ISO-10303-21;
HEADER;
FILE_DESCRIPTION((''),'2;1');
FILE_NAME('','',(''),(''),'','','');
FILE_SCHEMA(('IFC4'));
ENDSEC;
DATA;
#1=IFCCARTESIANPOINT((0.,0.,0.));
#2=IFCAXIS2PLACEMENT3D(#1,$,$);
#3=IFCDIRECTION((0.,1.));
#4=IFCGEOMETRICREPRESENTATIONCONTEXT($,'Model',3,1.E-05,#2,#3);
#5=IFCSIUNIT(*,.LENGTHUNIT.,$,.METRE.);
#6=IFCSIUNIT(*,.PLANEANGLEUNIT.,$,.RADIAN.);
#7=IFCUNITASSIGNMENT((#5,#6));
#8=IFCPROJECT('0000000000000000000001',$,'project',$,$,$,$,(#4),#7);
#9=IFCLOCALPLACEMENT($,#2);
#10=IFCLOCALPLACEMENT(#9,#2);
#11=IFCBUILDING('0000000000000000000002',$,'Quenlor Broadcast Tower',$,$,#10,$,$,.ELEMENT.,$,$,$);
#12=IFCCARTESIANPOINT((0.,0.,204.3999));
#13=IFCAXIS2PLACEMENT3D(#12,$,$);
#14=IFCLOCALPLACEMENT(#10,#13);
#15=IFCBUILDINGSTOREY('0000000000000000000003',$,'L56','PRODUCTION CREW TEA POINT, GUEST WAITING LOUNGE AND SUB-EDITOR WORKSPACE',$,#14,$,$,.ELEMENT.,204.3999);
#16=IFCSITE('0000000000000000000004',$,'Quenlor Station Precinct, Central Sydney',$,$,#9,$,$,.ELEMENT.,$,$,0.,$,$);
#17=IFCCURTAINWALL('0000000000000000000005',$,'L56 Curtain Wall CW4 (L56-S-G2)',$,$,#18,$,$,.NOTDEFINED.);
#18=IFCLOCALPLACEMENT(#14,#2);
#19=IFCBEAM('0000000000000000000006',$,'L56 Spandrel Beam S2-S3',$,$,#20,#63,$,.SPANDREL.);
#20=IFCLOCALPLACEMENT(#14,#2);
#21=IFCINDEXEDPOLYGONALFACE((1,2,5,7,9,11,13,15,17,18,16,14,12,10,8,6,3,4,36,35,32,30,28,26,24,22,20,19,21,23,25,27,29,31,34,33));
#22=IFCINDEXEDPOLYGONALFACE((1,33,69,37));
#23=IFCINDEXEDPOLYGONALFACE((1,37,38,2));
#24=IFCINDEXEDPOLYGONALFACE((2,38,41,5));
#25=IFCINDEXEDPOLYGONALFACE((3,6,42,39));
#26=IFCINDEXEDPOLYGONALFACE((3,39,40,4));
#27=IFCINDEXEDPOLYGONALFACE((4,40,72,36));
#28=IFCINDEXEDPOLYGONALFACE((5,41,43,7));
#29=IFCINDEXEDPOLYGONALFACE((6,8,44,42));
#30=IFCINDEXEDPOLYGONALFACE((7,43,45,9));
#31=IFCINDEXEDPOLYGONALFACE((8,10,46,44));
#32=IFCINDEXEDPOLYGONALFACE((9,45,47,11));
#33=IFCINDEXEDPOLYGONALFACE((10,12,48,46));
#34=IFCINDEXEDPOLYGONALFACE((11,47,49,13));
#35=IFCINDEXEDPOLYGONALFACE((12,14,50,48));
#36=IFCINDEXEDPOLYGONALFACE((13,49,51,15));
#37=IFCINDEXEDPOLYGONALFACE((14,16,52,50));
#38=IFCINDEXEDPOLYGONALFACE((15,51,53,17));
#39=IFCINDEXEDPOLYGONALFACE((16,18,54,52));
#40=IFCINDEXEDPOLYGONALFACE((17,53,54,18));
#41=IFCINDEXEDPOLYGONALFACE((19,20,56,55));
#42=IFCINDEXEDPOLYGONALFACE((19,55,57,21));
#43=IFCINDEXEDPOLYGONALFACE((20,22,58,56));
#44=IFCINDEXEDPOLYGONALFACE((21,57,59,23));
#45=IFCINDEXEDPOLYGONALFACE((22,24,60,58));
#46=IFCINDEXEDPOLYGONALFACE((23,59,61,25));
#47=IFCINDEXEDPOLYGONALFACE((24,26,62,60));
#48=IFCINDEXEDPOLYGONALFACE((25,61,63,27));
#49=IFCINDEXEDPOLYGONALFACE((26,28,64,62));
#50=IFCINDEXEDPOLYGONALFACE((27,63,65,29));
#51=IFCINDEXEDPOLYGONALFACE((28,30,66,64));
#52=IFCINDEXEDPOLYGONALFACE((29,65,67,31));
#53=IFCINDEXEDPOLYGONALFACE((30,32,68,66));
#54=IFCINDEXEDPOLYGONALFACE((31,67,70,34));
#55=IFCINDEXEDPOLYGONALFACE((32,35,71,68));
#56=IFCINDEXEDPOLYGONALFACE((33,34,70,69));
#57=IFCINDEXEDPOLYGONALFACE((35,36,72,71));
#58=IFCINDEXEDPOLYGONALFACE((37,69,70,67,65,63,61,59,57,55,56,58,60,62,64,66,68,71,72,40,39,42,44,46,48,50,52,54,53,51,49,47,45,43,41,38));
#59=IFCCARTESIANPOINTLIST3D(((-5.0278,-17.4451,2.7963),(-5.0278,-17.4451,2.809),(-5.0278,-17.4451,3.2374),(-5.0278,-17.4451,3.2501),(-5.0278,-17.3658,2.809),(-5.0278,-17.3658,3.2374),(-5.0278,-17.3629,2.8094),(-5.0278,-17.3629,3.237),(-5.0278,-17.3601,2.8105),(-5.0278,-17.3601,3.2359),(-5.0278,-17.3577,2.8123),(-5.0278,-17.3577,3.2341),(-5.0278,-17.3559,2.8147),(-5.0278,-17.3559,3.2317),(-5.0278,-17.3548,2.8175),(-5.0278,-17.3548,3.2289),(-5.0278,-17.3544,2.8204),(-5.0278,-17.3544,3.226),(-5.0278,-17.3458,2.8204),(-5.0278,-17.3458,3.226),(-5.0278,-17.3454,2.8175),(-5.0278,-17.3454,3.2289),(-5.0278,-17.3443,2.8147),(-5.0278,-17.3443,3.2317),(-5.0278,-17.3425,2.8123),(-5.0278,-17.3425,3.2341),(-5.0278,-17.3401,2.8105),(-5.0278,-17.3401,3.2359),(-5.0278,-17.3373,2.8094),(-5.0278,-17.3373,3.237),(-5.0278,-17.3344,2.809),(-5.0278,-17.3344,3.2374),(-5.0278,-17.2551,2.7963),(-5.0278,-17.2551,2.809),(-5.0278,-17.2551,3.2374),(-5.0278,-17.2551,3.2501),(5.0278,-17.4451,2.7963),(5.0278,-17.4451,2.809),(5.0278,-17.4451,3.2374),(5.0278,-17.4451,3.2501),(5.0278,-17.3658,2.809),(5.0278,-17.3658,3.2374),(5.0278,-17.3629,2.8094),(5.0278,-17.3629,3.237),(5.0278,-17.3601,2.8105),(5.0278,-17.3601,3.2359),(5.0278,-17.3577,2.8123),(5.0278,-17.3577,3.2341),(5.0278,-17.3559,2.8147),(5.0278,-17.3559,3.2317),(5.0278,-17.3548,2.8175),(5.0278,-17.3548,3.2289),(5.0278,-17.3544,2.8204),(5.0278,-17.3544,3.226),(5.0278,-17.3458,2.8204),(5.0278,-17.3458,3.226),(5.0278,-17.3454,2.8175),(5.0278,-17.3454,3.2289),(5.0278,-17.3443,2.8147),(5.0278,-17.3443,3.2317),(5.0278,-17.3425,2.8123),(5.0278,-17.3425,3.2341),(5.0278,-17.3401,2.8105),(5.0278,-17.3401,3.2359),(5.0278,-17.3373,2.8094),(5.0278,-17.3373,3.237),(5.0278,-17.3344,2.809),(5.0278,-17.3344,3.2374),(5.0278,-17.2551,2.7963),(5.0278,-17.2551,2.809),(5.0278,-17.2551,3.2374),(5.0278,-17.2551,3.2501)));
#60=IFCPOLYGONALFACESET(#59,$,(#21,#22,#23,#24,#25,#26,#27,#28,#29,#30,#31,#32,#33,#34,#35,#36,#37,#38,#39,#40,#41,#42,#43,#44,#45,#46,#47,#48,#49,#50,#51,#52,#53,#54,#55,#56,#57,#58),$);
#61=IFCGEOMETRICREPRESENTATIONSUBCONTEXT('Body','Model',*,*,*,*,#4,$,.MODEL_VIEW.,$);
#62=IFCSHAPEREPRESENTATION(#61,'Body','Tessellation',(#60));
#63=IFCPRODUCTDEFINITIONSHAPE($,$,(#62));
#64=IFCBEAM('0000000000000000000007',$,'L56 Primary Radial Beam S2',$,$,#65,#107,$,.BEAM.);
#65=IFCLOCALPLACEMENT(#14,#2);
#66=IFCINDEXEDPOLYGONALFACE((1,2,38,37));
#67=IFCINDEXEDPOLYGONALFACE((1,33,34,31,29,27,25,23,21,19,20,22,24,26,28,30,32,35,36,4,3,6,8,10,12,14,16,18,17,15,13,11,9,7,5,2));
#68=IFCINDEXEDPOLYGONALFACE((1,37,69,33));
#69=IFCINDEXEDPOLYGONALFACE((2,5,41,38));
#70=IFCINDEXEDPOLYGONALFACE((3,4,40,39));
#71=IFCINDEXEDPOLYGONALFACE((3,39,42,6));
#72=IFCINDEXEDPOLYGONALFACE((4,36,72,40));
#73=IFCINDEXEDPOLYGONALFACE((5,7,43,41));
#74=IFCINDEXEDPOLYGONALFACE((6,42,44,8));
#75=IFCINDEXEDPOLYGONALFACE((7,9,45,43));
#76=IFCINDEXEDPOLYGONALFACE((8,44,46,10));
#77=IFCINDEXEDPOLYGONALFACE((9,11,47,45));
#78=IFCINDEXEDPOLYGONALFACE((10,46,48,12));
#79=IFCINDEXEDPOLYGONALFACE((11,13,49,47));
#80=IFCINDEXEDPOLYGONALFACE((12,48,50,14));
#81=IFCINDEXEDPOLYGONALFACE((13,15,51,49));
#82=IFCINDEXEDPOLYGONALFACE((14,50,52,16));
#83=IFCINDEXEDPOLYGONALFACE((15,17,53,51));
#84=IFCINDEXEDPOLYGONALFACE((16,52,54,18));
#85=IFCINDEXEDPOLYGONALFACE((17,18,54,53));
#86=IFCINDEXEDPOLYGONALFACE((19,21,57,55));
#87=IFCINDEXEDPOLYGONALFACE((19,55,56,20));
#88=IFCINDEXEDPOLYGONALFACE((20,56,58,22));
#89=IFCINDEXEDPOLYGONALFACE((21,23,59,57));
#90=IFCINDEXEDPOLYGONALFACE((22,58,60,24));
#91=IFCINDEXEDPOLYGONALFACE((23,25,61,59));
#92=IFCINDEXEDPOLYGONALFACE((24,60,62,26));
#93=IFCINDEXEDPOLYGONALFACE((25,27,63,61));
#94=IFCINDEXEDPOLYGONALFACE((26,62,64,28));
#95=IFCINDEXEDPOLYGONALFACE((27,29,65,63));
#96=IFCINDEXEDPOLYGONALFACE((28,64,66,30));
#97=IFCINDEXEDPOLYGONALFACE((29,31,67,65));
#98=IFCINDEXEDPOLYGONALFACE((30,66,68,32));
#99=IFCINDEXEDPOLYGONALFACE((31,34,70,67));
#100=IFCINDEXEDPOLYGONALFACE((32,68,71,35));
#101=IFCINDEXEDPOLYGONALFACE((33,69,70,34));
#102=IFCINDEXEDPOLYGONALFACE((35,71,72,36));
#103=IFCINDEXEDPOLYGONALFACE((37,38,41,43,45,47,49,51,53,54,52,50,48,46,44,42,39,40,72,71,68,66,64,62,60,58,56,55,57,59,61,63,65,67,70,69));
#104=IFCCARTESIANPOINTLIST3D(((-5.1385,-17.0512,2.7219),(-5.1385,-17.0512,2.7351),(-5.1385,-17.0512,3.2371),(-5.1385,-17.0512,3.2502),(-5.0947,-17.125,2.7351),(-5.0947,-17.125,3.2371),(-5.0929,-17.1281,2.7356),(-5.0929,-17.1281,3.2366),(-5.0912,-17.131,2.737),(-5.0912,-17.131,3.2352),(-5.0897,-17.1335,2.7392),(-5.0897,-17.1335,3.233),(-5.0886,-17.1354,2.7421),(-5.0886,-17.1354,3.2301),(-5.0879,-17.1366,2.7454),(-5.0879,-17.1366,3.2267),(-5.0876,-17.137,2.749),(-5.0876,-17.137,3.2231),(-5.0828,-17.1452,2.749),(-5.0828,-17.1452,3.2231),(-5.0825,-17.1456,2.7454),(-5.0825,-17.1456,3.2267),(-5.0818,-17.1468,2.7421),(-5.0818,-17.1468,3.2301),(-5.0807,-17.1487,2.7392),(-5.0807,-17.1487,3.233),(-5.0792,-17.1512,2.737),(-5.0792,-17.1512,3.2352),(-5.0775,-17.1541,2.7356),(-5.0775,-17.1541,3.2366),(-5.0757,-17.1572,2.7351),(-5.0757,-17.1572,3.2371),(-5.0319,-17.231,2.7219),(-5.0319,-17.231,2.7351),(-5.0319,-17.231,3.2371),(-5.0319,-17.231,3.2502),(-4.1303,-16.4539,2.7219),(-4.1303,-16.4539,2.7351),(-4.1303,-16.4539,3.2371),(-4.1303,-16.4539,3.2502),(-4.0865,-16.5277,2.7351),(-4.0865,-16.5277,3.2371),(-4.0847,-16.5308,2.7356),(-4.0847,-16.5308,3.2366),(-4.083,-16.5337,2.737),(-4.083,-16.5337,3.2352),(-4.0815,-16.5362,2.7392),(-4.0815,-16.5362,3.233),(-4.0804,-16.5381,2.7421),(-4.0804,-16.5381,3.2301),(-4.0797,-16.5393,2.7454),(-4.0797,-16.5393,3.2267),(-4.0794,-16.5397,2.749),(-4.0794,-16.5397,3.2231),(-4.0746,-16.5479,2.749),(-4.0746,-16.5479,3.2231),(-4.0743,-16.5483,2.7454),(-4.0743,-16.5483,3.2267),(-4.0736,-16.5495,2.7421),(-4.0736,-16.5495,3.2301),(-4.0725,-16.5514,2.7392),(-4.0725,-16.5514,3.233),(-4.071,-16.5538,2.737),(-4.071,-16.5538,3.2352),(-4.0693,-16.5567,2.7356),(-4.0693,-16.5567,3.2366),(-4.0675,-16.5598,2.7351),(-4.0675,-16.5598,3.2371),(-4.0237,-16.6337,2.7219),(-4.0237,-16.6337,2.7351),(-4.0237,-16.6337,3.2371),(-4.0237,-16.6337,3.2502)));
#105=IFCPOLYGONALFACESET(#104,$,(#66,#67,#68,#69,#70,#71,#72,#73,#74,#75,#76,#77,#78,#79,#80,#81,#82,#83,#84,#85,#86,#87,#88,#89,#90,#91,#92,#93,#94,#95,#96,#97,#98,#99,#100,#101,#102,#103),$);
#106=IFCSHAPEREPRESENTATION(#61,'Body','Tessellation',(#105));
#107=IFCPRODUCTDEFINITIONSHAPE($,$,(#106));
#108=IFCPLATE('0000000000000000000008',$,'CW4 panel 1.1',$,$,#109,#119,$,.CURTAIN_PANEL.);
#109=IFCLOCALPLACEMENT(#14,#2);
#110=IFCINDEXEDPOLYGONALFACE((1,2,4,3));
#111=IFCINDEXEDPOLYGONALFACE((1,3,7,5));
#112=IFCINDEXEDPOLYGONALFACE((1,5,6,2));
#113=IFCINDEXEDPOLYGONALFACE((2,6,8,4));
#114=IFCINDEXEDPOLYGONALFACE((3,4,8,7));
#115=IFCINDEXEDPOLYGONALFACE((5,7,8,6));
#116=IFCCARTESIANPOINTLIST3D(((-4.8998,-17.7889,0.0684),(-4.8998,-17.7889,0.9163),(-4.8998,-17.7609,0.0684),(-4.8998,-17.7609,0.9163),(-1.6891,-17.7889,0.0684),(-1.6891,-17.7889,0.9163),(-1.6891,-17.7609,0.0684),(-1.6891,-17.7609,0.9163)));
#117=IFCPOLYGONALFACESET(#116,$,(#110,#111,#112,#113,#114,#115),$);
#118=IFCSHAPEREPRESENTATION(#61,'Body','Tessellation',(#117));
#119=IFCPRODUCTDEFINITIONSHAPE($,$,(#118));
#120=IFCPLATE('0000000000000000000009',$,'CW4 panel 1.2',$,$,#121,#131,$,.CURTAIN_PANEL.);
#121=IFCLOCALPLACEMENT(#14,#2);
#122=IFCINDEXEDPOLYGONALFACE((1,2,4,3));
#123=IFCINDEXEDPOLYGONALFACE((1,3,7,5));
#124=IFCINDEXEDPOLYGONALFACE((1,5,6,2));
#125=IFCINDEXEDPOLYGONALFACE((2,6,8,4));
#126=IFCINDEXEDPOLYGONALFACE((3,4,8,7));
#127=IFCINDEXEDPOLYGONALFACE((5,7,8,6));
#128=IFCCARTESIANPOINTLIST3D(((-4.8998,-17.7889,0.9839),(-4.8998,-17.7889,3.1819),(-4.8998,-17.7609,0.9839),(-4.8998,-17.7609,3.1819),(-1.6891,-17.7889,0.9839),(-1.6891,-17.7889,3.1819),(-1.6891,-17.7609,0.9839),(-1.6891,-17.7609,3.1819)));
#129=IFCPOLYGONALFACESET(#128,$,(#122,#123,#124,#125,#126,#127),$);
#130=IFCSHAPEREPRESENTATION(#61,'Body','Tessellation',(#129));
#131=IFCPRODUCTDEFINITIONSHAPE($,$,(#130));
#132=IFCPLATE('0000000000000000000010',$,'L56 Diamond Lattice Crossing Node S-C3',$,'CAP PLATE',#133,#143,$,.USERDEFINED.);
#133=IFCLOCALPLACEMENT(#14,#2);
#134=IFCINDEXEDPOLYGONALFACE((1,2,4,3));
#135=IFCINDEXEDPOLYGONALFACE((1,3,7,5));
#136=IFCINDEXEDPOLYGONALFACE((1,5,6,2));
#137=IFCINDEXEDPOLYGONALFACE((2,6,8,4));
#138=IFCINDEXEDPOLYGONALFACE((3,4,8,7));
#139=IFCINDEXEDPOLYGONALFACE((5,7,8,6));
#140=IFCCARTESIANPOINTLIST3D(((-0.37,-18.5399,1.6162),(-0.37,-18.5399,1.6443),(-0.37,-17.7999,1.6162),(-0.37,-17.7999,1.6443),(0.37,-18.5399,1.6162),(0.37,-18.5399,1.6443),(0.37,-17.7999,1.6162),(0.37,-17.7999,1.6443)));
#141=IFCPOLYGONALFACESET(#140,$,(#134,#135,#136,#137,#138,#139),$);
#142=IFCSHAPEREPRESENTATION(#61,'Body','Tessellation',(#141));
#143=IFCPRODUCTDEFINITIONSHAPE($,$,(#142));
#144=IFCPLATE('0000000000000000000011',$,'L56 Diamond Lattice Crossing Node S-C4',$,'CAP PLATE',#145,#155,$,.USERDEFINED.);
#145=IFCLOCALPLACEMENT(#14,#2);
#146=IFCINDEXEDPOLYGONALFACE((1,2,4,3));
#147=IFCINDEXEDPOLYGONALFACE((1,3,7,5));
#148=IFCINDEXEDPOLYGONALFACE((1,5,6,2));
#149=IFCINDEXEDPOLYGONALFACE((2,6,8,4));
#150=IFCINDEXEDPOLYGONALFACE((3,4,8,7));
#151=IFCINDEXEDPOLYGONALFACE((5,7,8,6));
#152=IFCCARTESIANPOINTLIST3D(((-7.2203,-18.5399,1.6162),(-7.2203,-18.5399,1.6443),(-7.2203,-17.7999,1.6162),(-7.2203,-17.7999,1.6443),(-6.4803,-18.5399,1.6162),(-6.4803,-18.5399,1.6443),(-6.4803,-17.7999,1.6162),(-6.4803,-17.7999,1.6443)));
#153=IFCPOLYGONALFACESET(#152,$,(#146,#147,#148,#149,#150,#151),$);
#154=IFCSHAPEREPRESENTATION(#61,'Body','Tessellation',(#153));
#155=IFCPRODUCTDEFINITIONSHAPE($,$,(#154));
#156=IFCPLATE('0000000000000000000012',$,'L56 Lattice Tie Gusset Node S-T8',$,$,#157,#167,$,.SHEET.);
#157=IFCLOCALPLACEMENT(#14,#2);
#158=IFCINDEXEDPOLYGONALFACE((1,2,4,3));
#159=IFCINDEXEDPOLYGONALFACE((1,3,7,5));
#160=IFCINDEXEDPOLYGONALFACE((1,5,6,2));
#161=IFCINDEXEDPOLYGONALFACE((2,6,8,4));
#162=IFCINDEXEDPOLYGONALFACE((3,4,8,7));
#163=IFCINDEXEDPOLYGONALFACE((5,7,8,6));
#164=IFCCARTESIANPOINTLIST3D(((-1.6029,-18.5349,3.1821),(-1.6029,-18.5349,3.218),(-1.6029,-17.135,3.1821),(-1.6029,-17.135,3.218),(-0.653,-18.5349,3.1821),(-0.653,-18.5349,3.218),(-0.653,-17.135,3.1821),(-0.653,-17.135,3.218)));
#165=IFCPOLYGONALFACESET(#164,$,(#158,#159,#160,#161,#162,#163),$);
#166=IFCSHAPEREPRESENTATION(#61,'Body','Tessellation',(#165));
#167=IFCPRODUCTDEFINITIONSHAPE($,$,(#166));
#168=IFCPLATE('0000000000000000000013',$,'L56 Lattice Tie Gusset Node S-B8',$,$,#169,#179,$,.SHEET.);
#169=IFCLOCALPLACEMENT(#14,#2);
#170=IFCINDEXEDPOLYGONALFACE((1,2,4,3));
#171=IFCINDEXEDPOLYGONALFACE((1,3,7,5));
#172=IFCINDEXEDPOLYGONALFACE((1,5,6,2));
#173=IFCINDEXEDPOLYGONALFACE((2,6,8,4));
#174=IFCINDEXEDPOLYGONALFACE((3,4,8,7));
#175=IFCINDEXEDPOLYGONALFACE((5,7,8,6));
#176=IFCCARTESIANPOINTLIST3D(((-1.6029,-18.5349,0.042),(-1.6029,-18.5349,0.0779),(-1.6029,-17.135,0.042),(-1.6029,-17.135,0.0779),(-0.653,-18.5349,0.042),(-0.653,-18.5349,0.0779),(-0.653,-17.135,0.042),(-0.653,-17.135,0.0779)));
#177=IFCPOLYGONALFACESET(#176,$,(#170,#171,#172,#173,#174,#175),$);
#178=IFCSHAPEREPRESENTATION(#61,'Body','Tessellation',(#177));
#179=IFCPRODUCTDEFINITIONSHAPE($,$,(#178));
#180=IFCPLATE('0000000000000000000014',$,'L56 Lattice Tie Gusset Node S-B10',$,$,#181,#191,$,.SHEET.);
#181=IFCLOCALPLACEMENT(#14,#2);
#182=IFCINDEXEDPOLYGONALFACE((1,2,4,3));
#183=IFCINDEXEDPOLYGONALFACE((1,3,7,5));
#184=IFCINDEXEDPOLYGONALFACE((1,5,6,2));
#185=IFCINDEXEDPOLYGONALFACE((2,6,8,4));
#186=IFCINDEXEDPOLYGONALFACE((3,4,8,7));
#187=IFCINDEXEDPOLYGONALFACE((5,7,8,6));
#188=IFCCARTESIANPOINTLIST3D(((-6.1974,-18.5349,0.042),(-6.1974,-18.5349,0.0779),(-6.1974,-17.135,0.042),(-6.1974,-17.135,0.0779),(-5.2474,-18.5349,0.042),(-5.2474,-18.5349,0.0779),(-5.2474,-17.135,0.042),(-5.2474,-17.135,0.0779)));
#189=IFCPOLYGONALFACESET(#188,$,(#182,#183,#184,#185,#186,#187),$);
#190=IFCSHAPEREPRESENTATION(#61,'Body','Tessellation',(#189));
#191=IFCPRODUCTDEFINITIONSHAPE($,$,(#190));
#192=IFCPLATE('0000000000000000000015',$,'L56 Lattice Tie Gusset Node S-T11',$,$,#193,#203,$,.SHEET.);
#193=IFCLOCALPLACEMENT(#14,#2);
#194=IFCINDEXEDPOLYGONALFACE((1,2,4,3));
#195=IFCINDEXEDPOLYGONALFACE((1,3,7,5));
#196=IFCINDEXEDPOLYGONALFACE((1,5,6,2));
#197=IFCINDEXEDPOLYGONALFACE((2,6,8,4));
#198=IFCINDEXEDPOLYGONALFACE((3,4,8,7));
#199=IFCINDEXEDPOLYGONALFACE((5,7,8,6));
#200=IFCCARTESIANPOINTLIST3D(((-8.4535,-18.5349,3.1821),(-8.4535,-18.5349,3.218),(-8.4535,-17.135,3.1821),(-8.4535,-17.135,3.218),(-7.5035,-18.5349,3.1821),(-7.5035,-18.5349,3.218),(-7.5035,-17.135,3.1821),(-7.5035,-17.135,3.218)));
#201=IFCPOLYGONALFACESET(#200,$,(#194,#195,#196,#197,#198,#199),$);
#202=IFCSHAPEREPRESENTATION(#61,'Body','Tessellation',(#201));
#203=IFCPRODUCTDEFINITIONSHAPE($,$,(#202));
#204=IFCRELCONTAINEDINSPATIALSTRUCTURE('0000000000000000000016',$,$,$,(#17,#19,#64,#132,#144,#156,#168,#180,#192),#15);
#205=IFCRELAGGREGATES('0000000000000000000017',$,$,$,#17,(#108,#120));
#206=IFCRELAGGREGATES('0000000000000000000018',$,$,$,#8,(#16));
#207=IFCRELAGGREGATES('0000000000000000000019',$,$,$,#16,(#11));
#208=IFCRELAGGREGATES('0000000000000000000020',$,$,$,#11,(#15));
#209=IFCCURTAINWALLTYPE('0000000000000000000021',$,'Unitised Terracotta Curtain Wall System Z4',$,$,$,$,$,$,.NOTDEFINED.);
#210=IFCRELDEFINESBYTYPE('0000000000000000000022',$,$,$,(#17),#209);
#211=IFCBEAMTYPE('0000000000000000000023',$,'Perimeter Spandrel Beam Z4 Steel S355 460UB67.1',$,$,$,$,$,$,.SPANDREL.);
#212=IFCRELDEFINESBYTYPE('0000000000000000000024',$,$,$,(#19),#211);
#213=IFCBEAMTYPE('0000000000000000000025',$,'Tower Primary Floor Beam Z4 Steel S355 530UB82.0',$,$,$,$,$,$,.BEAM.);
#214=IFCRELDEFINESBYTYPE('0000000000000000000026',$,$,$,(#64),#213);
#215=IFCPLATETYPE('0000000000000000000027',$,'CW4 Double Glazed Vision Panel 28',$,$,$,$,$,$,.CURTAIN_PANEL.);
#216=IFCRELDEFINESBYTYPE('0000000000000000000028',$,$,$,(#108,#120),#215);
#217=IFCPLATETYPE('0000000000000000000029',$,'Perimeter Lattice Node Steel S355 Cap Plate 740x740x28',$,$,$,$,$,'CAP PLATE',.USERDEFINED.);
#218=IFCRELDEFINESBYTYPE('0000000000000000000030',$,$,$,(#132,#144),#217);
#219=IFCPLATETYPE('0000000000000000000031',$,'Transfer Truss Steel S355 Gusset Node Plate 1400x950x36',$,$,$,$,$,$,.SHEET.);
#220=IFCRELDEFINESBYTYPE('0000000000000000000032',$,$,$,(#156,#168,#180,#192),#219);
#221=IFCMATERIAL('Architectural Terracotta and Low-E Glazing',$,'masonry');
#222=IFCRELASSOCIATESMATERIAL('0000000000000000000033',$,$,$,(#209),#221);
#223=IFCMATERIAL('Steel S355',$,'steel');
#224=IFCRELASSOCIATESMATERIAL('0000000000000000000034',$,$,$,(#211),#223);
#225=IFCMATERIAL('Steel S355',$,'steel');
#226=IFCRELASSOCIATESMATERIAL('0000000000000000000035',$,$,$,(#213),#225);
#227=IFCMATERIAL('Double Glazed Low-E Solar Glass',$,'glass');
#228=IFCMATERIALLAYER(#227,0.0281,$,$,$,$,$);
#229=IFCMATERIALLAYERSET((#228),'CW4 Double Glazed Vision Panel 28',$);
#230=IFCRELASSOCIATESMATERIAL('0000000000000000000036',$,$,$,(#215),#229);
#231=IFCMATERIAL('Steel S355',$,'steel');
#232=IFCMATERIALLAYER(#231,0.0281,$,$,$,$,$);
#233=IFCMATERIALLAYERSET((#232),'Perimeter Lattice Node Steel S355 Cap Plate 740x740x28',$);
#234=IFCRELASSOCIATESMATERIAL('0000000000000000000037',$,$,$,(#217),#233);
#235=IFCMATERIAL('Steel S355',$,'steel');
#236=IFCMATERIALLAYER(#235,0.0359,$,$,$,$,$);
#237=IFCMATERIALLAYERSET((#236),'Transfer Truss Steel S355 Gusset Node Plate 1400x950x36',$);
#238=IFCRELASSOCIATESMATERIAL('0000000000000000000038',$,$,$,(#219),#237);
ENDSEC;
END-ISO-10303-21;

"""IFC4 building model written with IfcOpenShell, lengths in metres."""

from ifc_helpers import new_model, si_unit, direction, frame, origin, origin_2d, place, context, subcontext, project, spatial, rectangle, i_section, extrude, material, layer, layer_set, material_profile, profile_set, type_object, element, aggregate, save


model = new_model("IFC4")

# Units and contexts
model_context = context("Model", 3, precision=1e-05, world=origin(), true_north=direction((0.0, 1.0)))
body_context = subcontext(model_context, "Body", "Model", "MODEL_VIEW")
ifc_project = project(units=[si_unit("LENGTHUNIT", "METRE"), si_unit("PLANEANGLEUNIT", "RADIAN")], contexts=[model_context])

# Site, building, storey
site_placement = place(None, origin())
site = spatial("IfcSite", under=ifc_project, at=site_placement, Name="Quenlor Station Precinct, Central Sydney", CompositionType="ELEMENT", RefElevation=0.0)
building_placement = place(site_placement, origin())
building = spatial("IfcBuilding", under=site, at=building_placement, Name="Quenlor Broadcast Tower", CompositionType="ELEMENT")
storey_placement = place(building_placement, frame((0.0, 0.0, 204.3999)))
storey = spatial("IfcBuildingStorey", under=building, at=storey_placement, Name="L56", Description="PRODUCTION CREW TEA POINT, GUEST WAITING LOUNGE AND SUB-EDITOR WORKSPACE", CompositionType="ELEMENT", Elevation=204.3999)

# Curtain wall
ifc_material_1 = material(Name="Architectural Terracotta and Low-E Glazing", Category="masonry")
curtain_wall_type = type_object("IfcCurtainWallType", Name="Unitised Terracotta Curtain Wall System Z4", PredefinedType="NOTDEFINED", material=ifc_material_1)
curtain_wall_placement = place(storey_placement, origin())
curtain_wall = element("IfcCurtainWall", 1, at=curtain_wall_placement, inside=storey, type_object=curtain_wall_type, Name="L56 Curtain Wall CW4 (L56-S-G2)", PredefinedType="NOTDEFINED")

# Beams
ifc_material_2 = material(Name="Steel S355", Category="steel")
ifc_material_profile_1 = material_profile(ifc_material_2, i_section(OverallWidth=0.1899, OverallDepth=0.4539, WebThickness=0.0085, FlangeThickness=0.0127, FilletRadius=0.0115, at=origin_2d()))
ifc_profile_set_1 = profile_set([ifc_material_profile_1], Name="Steel S355 460UB67.1")
beam_type_1 = type_object("IfcBeamType", Name="Perimeter Spandrel Beam Z4 Steel S355 460UB67.1", PredefinedType="SPANDREL", material=ifc_profile_set_1)
beam_1_placement = place(storey_placement, frame((-5.0278, -17.3501, 3.0232), z_axis=(1.0, 0.0, 0.0), x_axis=(0.0, 1.0, 0.0)))
element("IfcBeam", 2, at=beam_1_placement, inside=storey, type_object=beam_type_1, Name="L56 Spandrel Beam S2-S3", PredefinedType="SPANDREL", context=body_context, shape_type="SweptSolid", body=[
    extrude(i_section(OverallWidth=0.1899, OverallDepth=0.4539, WebThickness=0.0085, FlangeThickness=0.0127, FilletRadius=0.0115, at=origin_2d()), origin(), (0.0, 0.0, 1.0), 10.0557),
])
ifc_material_3 = material(Name="Steel S355", Category="steel")
ifc_material_profile_2 = material_profile(ifc_material_3, i_section(OverallWidth=0.209, OverallDepth=0.5283, WebThickness=0.0095, FlangeThickness=0.0132, FilletRadius=0.0139, at=origin_2d()))
ifc_profile_set_2 = profile_set([ifc_material_profile_2], Name="Steel S355 530UB82.0")
beam_type_2 = type_object("IfcBeamType", Name="Tower Primary Floor Beam Z4 Steel S355 530UB82.0", PredefinedType="BEAM", material=ifc_profile_set_2)
beam_2_placement = place(storey_placement, frame((-5.0852, -17.1411, 2.9861), z_axis=(0.860329, 0.50974, 0.0), x_axis=(-0.50974, 0.860329, 0.0)))
element("IfcBeam", 3, at=beam_2_placement, inside=storey, type_object=beam_type_2, Name="L56 Primary Radial Beam S2", PredefinedType="BEAM", context=body_context, shape_type="SweptSolid", body=[
    extrude(i_section(OverallWidth=0.209, OverallDepth=0.5283, WebThickness=0.0095, FlangeThickness=0.0132, FilletRadius=0.0139, at=origin_2d()), origin(), (0.0, 0.0, 1.0), 1.1719),
])

# Plates
ifc_material_4 = material(Name="Double Glazed Low-E Solar Glass", Category="glass")
ifc_layer_1 = layer(ifc_material_4, 0.0281)
ifc_layer_set_1 = layer_set([ifc_layer_1], Name="CW4 Double Glazed Vision Panel 28")
plate_type_1 = type_object("IfcPlateType", Name="CW4 Double Glazed Vision Panel 28", PredefinedType="CURTAIN_PANEL", material=ifc_layer_set_1)
plate_1_placement = place(storey_placement, frame((-3.2944, -17.7749, 0.0684), z_axis=(0.0, 0.0, 1.0), x_axis=(-1.0, 0.0, 0.0)))
plate_1 = element("IfcPlate", 4, at=plate_1_placement, type_object=plate_type_1, Name="CW4 panel 1.1", PredefinedType="CURTAIN_PANEL", context=body_context, shape_type="SweptSolid", body=[
    extrude(rectangle(XDim=3.2107, YDim=0.0281, at=origin_2d()), origin(), (0.0, 0.0, 1.0), 0.8479),
])
plate_2_placement = place(storey_placement, frame((-3.2944, -17.7749, 0.9839), z_axis=(0.0, 0.0, 1.0), x_axis=(-1.0, 0.0, 0.0)))
plate_2 = element("IfcPlate", 5, at=plate_2_placement, type_object=plate_type_1, Name="CW4 panel 1.2", PredefinedType="CURTAIN_PANEL", context=body_context, shape_type="SweptSolid", body=[
    extrude(rectangle(XDim=3.2107, YDim=0.0281, at=origin_2d()), origin(), (0.0, 0.0, 1.0), 2.198),
])
aggregate(curtain_wall, [plate_1, plate_2])

# Plates
ifc_material_5 = material(Name="Steel S355", Category="steel")
ifc_layer_2 = layer(ifc_material_5, 0.0281)
ifc_layer_set_2 = layer_set([ifc_layer_2], Name="Perimeter Lattice Node Steel S355 Cap Plate 740x740x28")
plate_type_2 = type_object("IfcPlateType", Name="Perimeter Lattice Node Steel S355 Cap Plate 740x740x28", ElementType="CAP PLATE", PredefinedType="USERDEFINED", material=ifc_layer_set_2)
for number, where, z_axis, x_axis, name in (
    (6, (0.0, -18.1699, 1.6162), (0.0, 0.0, 1.0), (-1.0, 0.0, 0.0), "L56 Diamond Lattice Crossing Node S-C3"),
    (7, (-6.8503, -18.1699, 1.6162), (0.0, 0.0, 1.0), (-1.0, 0.0, 0.0), "L56 Diamond Lattice Crossing Node S-C4"),
):
    element("IfcPlate", number, at=place(storey_placement, frame(where, z_axis=z_axis, x_axis=x_axis)), inside=storey, type_object=plate_type_2, Name=name, ObjectType="CAP PLATE", PredefinedType="USERDEFINED", context=body_context, shape_type="SweptSolid", body=[
        extrude(rectangle(XDim=0.74, YDim=0.74, at=origin_2d()), origin(), (0.0, 0.0, 1.0), 0.0281),
    ])
ifc_material_6 = material(Name="Steel S355", Category="steel")
ifc_layer_3 = layer(ifc_material_6, 0.0359)
ifc_layer_set_3 = layer_set([ifc_layer_3], Name="Transfer Truss Steel S355 Gusset Node Plate 1400x950x36")
plate_type_3 = type_object("IfcPlateType", Name="Transfer Truss Steel S355 Gusset Node Plate 1400x950x36", PredefinedType="SHEET", material=ifc_layer_set_3)
for number, where, z_axis, x_axis, name in (
    (8, (-1.1279, -17.835, 3.1821), (0.0, 0.0, 1.0), (0.0, -1.0, 0.0), "L56 Lattice Tie Gusset Node S-T8"),
    (9, (-1.1279, -17.835, 0.042), (0.0, 0.0, 1.0), (0.0, -1.0, 0.0), "L56 Lattice Tie Gusset Node S-B8"),
    (10, (-5.7224, -17.835, 0.042), (0.0, 0.0, 1.0), (0.0, -1.0, 0.0), "L56 Lattice Tie Gusset Node S-B10"),
    (11, (-7.9785, -17.835, 3.1821), (0.0, 0.0, 1.0), (0.0, -1.0, 0.0), "L56 Lattice Tie Gusset Node S-T11"),
):
    element("IfcPlate", number, at=place(storey_placement, frame(where, z_axis=z_axis, x_axis=x_axis)), inside=storey, type_object=plate_type_3, Name=name, PredefinedType="SHEET", context=body_context, shape_type="SweptSolid", body=[
        extrude(rectangle(XDim=1.3999, YDim=0.95, at=origin_2d()), origin(), (0.0, 0.0, 1.0), 0.0359),
    ])

save(model, "model.ifc")
